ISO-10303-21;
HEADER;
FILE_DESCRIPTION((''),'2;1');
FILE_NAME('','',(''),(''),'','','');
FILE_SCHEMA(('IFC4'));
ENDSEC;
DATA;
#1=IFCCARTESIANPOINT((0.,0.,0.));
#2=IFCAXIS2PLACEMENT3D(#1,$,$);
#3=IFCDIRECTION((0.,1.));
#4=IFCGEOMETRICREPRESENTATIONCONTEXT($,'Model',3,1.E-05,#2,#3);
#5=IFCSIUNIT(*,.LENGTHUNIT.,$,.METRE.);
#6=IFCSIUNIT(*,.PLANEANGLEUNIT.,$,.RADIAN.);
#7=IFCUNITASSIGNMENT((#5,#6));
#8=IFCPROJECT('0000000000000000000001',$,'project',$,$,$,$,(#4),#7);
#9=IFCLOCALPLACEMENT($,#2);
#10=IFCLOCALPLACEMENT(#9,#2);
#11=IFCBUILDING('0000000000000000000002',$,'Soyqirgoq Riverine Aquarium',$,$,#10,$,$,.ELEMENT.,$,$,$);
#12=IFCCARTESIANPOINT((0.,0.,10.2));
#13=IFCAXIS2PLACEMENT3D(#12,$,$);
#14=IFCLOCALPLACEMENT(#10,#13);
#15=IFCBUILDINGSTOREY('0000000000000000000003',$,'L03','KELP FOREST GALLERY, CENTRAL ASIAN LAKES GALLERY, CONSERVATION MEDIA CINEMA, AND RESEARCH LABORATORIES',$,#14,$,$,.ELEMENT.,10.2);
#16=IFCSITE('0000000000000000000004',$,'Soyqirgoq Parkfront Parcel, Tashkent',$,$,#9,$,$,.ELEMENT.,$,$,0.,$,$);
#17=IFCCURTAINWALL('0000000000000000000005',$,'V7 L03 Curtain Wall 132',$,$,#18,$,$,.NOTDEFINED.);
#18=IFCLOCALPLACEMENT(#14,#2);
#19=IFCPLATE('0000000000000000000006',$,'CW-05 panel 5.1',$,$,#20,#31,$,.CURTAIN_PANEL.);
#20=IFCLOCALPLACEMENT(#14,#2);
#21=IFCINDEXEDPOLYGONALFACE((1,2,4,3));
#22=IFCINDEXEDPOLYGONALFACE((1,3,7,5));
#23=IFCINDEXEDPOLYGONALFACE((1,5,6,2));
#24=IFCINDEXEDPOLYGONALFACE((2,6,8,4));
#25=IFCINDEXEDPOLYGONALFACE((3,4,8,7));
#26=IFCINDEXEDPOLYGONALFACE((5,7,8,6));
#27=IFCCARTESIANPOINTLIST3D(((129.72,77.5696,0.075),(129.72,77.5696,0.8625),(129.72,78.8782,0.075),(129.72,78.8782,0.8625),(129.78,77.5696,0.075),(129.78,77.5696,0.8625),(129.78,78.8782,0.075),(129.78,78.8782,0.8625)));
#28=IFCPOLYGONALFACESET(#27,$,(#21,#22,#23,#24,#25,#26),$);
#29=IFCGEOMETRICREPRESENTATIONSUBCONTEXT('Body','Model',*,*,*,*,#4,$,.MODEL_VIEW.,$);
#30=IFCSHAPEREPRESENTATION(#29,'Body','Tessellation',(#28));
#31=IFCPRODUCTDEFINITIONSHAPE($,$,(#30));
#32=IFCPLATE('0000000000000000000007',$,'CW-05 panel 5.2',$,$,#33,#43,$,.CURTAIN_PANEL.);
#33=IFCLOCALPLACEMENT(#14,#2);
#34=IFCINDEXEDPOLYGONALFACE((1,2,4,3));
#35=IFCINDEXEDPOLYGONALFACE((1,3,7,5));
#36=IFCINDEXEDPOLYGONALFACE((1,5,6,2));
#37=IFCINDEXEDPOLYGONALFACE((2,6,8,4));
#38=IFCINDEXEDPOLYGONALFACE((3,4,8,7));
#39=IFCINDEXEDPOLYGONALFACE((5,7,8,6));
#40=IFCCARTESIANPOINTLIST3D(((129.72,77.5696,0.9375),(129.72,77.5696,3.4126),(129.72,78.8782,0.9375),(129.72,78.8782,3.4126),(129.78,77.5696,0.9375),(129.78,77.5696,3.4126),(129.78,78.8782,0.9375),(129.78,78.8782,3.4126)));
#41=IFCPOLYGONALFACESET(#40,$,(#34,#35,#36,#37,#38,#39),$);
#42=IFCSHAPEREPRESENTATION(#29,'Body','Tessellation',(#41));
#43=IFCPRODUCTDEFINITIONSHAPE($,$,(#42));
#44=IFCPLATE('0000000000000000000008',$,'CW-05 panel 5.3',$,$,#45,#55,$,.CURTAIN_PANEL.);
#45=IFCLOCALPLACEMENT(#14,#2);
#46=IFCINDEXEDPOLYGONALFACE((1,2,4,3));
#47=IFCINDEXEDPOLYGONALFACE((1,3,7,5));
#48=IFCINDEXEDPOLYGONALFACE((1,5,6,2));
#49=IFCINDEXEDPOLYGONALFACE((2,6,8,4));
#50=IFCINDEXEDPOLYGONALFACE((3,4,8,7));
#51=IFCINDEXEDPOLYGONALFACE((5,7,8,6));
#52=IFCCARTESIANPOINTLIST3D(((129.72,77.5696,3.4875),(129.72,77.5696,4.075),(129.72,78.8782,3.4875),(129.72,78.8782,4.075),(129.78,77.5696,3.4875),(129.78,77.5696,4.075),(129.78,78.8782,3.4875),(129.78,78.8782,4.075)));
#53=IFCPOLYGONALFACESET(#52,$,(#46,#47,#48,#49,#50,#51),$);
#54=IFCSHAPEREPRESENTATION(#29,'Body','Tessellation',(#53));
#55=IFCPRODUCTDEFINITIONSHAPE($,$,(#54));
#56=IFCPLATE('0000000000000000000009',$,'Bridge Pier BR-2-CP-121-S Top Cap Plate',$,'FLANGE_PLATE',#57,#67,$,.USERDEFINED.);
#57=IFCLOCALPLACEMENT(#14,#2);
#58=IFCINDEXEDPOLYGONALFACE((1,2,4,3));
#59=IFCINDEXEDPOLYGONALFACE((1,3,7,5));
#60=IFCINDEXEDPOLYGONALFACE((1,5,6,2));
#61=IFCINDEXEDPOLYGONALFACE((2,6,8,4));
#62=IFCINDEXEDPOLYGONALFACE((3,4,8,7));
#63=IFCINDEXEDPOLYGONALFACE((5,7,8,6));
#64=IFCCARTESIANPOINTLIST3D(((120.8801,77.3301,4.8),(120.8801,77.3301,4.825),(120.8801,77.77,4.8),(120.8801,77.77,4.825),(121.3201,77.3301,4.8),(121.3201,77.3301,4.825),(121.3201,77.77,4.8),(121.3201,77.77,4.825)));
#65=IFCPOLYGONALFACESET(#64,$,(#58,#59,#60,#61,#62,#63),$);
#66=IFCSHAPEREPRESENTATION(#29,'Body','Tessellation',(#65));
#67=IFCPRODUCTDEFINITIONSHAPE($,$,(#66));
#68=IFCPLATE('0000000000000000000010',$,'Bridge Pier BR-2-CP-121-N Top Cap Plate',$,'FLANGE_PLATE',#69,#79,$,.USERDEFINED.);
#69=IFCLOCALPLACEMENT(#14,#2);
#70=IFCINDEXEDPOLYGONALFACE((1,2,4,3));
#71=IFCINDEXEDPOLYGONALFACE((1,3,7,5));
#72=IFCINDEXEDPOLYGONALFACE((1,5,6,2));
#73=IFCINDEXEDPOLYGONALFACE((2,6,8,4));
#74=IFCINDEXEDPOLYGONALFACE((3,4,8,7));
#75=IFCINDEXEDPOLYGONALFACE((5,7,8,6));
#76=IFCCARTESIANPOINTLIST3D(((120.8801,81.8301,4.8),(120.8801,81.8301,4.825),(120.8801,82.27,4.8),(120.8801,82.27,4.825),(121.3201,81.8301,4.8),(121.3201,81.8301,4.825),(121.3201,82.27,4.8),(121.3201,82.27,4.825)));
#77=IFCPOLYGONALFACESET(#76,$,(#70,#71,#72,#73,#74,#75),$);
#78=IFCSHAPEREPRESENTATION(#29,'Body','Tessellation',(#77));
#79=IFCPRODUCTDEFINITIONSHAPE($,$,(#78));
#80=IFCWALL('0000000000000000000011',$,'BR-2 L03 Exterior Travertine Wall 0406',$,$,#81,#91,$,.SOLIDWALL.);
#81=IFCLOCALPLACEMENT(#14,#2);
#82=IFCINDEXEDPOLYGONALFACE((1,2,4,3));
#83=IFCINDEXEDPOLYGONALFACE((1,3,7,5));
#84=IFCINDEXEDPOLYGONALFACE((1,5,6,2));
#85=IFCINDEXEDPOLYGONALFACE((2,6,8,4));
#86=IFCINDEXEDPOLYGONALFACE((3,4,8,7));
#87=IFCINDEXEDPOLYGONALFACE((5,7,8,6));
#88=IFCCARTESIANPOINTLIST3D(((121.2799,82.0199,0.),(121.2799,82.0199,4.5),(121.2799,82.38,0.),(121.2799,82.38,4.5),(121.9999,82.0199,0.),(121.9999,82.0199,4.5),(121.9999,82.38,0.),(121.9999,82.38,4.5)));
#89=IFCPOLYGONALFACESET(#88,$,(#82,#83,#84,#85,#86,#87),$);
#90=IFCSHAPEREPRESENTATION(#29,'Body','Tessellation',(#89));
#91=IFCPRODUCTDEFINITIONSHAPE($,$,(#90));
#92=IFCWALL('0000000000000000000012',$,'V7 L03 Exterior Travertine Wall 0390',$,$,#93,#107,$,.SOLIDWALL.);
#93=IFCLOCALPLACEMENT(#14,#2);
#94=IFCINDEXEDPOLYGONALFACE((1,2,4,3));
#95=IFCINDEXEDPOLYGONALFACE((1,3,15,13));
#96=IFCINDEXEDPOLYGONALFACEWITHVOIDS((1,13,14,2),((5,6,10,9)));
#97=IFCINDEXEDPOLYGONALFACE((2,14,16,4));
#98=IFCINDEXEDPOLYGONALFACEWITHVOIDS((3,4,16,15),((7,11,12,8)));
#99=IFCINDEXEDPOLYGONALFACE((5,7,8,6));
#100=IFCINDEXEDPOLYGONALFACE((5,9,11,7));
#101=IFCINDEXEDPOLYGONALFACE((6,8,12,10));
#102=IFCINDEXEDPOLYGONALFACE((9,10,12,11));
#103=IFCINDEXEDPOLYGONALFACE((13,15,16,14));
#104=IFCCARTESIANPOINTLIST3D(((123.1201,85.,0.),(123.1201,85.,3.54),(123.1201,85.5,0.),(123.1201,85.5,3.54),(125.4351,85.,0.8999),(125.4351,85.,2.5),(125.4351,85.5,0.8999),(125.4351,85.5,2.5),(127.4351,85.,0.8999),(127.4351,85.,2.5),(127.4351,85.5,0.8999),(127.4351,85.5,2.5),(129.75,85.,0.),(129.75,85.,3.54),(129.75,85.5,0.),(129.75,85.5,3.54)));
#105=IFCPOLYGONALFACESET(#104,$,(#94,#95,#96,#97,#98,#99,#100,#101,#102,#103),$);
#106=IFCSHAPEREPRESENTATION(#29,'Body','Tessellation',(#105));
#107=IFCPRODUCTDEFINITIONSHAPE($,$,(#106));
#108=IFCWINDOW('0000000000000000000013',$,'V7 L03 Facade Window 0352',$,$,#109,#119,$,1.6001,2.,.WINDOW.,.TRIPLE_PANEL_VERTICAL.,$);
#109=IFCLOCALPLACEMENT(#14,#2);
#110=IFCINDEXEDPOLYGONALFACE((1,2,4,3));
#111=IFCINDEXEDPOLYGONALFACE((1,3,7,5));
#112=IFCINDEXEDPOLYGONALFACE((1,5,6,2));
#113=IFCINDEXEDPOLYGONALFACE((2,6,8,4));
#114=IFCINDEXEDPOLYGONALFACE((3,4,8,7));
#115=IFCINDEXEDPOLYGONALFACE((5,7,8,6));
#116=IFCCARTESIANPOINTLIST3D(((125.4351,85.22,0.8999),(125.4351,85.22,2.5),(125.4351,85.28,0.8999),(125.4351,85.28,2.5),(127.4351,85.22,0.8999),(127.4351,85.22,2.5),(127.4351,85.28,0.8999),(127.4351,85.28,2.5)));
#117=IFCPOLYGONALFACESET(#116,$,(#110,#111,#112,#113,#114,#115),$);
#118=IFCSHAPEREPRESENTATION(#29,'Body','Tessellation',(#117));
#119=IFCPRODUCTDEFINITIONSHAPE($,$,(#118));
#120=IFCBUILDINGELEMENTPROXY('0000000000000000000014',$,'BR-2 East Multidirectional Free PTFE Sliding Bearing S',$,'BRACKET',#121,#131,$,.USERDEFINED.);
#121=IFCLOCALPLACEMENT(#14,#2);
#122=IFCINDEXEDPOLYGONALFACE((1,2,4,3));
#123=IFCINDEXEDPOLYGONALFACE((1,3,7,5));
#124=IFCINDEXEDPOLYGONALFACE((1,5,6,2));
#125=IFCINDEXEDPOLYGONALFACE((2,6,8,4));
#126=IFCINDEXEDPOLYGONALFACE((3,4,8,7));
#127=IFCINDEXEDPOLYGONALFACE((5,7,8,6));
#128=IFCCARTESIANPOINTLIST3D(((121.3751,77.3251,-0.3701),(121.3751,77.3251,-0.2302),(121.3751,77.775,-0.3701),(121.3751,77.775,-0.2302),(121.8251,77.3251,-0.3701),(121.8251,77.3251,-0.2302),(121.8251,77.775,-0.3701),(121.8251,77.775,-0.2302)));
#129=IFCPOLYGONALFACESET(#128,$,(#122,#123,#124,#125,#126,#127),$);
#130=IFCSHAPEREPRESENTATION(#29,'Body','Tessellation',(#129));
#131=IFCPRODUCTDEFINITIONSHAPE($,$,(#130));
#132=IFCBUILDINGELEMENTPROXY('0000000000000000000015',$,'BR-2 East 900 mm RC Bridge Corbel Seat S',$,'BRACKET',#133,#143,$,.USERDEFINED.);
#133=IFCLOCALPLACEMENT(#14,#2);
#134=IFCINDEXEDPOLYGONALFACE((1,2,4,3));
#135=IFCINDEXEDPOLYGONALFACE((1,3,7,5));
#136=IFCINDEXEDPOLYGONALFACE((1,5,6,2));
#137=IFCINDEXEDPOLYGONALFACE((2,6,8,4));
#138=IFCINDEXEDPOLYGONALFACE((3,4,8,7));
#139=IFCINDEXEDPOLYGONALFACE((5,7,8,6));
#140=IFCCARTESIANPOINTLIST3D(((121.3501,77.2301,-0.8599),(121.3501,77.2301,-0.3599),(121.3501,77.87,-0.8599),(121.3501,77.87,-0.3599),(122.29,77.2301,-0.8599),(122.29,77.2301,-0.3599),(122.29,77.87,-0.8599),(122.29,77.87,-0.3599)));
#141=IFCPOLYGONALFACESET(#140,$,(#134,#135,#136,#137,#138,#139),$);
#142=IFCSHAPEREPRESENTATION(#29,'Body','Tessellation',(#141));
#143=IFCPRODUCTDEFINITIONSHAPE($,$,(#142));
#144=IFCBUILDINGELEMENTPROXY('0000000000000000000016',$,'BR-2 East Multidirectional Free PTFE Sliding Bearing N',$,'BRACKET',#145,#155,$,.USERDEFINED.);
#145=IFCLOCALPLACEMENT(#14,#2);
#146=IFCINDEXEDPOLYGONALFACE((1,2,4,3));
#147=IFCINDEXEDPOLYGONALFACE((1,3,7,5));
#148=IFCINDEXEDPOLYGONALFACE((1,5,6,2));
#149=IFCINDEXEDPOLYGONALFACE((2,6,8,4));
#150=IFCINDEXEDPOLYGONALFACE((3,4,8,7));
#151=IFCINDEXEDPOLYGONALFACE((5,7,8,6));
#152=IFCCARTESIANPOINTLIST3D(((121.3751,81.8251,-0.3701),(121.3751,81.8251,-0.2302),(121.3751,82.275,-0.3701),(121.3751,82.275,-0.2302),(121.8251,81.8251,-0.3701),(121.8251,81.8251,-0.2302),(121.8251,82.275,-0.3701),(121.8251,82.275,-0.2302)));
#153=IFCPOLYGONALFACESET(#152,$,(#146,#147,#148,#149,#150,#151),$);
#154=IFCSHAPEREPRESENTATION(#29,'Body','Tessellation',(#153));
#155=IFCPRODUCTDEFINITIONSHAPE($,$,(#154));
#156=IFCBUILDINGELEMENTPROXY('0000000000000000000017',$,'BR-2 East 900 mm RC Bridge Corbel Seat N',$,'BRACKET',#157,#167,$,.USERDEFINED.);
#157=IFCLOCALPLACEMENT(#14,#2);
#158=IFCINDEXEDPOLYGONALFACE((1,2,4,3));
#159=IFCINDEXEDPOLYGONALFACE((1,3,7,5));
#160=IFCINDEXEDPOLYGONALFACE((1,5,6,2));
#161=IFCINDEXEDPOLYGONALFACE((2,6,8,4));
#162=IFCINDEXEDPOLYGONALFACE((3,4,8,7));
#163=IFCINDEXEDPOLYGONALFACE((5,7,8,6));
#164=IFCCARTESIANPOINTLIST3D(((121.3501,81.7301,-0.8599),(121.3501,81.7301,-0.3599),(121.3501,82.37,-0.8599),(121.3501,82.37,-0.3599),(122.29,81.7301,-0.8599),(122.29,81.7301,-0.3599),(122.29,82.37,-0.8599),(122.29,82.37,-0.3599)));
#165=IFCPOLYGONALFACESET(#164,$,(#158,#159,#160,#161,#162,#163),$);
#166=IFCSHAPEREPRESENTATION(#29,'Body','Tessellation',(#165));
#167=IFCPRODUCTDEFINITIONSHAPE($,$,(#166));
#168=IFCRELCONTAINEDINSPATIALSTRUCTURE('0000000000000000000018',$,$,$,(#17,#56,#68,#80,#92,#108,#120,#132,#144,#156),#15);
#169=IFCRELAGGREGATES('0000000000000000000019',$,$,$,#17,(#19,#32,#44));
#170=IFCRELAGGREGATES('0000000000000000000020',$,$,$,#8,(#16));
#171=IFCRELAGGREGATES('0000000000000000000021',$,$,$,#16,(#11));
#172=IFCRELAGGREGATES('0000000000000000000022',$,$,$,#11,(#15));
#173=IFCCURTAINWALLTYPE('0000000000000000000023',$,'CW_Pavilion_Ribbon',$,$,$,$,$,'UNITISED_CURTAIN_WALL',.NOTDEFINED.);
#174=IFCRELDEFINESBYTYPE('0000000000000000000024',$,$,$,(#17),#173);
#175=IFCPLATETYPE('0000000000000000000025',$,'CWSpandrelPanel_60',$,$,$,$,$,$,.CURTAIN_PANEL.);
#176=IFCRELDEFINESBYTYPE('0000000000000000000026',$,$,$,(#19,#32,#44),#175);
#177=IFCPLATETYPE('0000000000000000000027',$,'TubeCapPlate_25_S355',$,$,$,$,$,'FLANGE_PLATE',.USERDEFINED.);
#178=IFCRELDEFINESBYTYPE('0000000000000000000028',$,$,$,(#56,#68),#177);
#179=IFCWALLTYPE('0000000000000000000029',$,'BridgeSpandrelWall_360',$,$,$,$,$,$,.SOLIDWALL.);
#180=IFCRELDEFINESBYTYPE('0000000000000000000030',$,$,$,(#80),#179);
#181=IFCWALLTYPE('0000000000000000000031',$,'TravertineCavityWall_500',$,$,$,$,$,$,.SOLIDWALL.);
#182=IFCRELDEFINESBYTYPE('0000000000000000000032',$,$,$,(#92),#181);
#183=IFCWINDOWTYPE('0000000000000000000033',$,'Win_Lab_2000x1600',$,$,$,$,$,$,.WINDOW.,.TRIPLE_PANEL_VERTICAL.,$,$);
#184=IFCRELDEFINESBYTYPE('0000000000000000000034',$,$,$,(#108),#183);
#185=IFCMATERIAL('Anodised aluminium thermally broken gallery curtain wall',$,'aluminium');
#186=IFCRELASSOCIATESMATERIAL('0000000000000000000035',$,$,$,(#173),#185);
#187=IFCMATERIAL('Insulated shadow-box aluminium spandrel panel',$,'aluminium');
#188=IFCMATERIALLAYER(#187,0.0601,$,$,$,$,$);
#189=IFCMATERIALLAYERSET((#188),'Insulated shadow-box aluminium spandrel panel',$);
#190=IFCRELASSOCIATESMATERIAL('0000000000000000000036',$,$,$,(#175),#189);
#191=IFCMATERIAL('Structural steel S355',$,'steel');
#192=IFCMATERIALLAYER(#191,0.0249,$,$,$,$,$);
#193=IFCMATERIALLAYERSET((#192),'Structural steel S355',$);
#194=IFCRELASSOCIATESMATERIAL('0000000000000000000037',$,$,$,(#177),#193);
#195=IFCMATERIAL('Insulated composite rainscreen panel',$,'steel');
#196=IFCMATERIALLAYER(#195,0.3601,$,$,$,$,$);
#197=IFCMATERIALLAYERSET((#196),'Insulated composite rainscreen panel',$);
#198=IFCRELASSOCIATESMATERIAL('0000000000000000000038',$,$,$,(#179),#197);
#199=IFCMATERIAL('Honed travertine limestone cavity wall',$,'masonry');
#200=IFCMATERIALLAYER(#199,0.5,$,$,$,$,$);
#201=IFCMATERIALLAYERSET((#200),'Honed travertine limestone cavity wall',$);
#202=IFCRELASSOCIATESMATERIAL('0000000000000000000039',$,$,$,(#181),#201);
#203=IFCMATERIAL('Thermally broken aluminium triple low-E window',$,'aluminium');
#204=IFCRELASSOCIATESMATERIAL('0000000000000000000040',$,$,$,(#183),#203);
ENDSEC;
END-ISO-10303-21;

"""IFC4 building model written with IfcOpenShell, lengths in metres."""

from ifc_helpers import new_model, si_unit, direction, frame, frame_2d, origin, origin_2d, place, context, subcontext, project, spatial, rectangle, extrude, material, layer, layer_set, type_object, element, fill, aggregate, save


model = new_model("IFC4")

# Units and contexts
model_context = context("Model", 3, precision=1e-05, world=origin(), true_north=direction((0.0, 1.0)))
body_context = subcontext(model_context, "Body", "Model", "MODEL_VIEW")
ifc_project = project(units=[si_unit("LENGTHUNIT", "METRE"), si_unit("PLANEANGLEUNIT", "RADIAN")], contexts=[model_context])

# Site, building, storey
site_placement = place(None, origin())
site = spatial("IfcSite", under=ifc_project, at=site_placement, Name="Soyqirgoq Parkfront Parcel, Tashkent", CompositionType="ELEMENT", RefElevation=0.0)
building_placement = place(site_placement, origin())
building = spatial("IfcBuilding", under=site, at=building_placement, Name="Soyqirgoq Riverine Aquarium", CompositionType="ELEMENT")
storey_placement = place(building_placement, frame((0.0, 0.0, 10.2)))
storey = spatial("IfcBuildingStorey", under=building, at=storey_placement, Name="L03", Description="KELP FOREST GALLERY, CENTRAL ASIAN LAKES GALLERY, CONSERVATION MEDIA CINEMA, AND RESEARCH LABORATORIES", CompositionType="ELEMENT", Elevation=10.2)

# Curtain wall
ifc_material_1 = material(Name="Anodised aluminium thermally broken gallery curtain wall", Category="aluminium")
curtain_wall_type_1 = type_object("IfcCurtainWallType", Name="CW_Pavilion_Ribbon", ElementType="UNITISED_CURTAIN_WALL", PredefinedType="NOTDEFINED", material=ifc_material_1)
curtain_wall_1_placement = place(storey_placement, origin())
curtain_wall_1 = element("IfcCurtainWall", 1, at=curtain_wall_1_placement, inside=storey, type_object=curtain_wall_type_1, Name="V7 L03 Curtain Wall 132", PredefinedType="NOTDEFINED")

# Plates
ifc_material_2 = material(Name="Insulated shadow-box aluminium spandrel panel", Category="aluminium")
ifc_layer_1 = layer(ifc_material_2, 0.0601)
ifc_layer_set_1 = layer_set([ifc_layer_1], Name="Insulated shadow-box aluminium spandrel panel")
plate_type_1 = type_object("IfcPlateType", Name="CWSpandrelPanel_60", PredefinedType="CURTAIN_PANEL", material=ifc_layer_set_1)
plate_1_placement = place(storey_placement, frame((129.75, 78.2239, 0.075), z_axis=(0.0, 0.0, 1.0), x_axis=(0.0, -1.0, 0.0)))
plate_1 = element("IfcPlate", 2, at=plate_1_placement, type_object=plate_type_1, Name="CW-05 panel 5.1", PredefinedType="CURTAIN_PANEL", context=body_context, shape_type="SweptSolid", body=[
    extrude(rectangle(XDim=1.3086, YDim=0.0601, at=origin_2d()), origin(), (0.0, 0.0, 1.0), 0.7876),
])
plate_2_placement = place(storey_placement, frame((129.75, 78.2239, 0.9375), z_axis=(0.0, 0.0, 1.0), x_axis=(0.0, -1.0, 0.0)))
plate_2 = element("IfcPlate", 3, at=plate_2_placement, type_object=plate_type_1, Name="CW-05 panel 5.2", PredefinedType="CURTAIN_PANEL", context=body_context, shape_type="SweptSolid", body=[
    extrude(rectangle(XDim=1.3086, YDim=0.0601, at=origin_2d()), origin(), (0.0, 0.0, 1.0), 2.4751),
])
plate_3_placement = place(storey_placement, frame((129.75, 78.2239, 3.4875), z_axis=(0.0, 0.0, 1.0), x_axis=(0.0, -1.0, 0.0)))
plate_3 = element("IfcPlate", 4, at=plate_3_placement, type_object=plate_type_1, Name="CW-05 panel 5.3", PredefinedType="CURTAIN_PANEL", context=body_context, shape_type="SweptSolid", body=[
    extrude(rectangle(XDim=1.3086, YDim=0.0601, at=origin_2d()), origin(), (0.0, 0.0, 1.0), 0.5874),
])
aggregate(curtain_wall_1, [plate_1, plate_2, plate_3])

# Plates
ifc_material_3 = material(Name="Structural steel S355", Category="steel")
ifc_layer_2 = layer(ifc_material_3, 0.0249)
ifc_layer_set_2 = layer_set([ifc_layer_2], Name="Structural steel S355")
plate_type_2 = type_object("IfcPlateType", Name="TubeCapPlate_25_S355", ElementType="FLANGE_PLATE", PredefinedType="USERDEFINED", material=ifc_layer_set_2)
for number, where, z_axis, x_axis, name in (
    (5, (121.1001, 77.55, 4.8), (0.0, 0.0, 1.0), (1.0, 0.0, 0.0), "Bridge Pier BR-2-CP-121-S Top Cap Plate"),
    (6, (121.1001, 82.05, 4.8), (0.0, 0.0, 1.0), (1.0, 0.0, 0.0), "Bridge Pier BR-2-CP-121-N Top Cap Plate"),
):
    element("IfcPlate", number, at=place(storey_placement, frame(where, z_axis=z_axis, x_axis=x_axis)), inside=storey, type_object=plate_type_2, Name=name, ObjectType="FLANGE_PLATE", PredefinedType="USERDEFINED", context=body_context, shape_type="SweptSolid", body=[
        extrude(rectangle(XDim=0.4399, YDim=0.4399, at=origin_2d()), origin(), (0.0, 0.0, 1.0), 0.0249),
    ])

# Wall
ifc_material_4 = material(Name="Insulated composite rainscreen panel", Category="steel")
ifc_layer_3 = layer(ifc_material_4, 0.3601)
ifc_layer_set_3 = layer_set([ifc_layer_3], Name="Insulated composite rainscreen panel")
wall_type_1 = type_object("IfcWallType", Name="BridgeSpandrelWall_360", PredefinedType="SOLIDWALL", material=ifc_layer_set_3)
wall_1_placement = place(storey_placement, frame((121.28, 82.2, 0.0), z_axis=(0.0, 0.0, 1.0), x_axis=(1.0, 0.0, 0.0)))
element("IfcWall", 7, at=wall_1_placement, inside=storey, type_object=wall_type_1, Name="BR-2 L03 Exterior Travertine Wall 0406", PredefinedType="SOLIDWALL", context=body_context, shape_type="SweptSolid", body=[
    extrude(rectangle(XDim=0.72, YDim=0.3601, at=frame_2d((0.3599, 0.0))), origin(), (0.0, 0.0, 1.0), 4.5),
])

# Wall, opening, window
ifc_material_5 = material(Name="Honed travertine limestone cavity wall", Category="masonry")
ifc_layer_4 = layer(ifc_material_5, 0.5)
ifc_layer_set_4 = layer_set([ifc_layer_4], Name="Honed travertine limestone cavity wall")
wall_type_2 = type_object("IfcWallType", Name="TravertineCavityWall_500", PredefinedType="SOLIDWALL", material=ifc_layer_set_4)
wall_2_placement = place(storey_placement, frame((123.1201, 85.25, 0.0), z_axis=(0.0, 0.0, 1.0), x_axis=(1.0, 0.0, 0.0)))
wall_2 = element("IfcWall", 8, at=wall_2_placement, inside=storey, type_object=wall_type_2, Name="V7 L03 Exterior Travertine Wall 0390", PredefinedType="SOLIDWALL", context=body_context, shape_type="SweptSolid", body=[
    extrude(rectangle(XDim=6.6299, YDim=0.5, at=frame_2d((3.3149, 0.0))), origin(), (0.0, 0.0, 1.0), 3.54),
])
opening_placement = place(wall_2_placement, frame((2.3149, 0.0, 0.8999)))
opening = element("IfcOpeningElement", 9, at=opening_placement, cuts=wall_2, PredefinedType="OPENING", context=body_context, shape_type="SweptSolid", body=[
    extrude(rectangle(XDim=2.0, YDim=1.6001, at=frame_2d((1.0, 0.8))), frame((0.0, 0.26, 0.0), z_axis=(0.0, -1.0, 0.0), x_axis=(1.0, 0.0, 0.0)), (0.0, 0.0, 1.0), 0.52),
])
ifc_material_6 = material(Name="Thermally broken aluminium triple low-E window", Category="aluminium")
window_type = type_object("IfcWindowType", Name="Win_Lab_2000x1600", PartitioningType="TRIPLE_PANEL_VERTICAL", PredefinedType="WINDOW", material=ifc_material_6)
window_placement = place(opening_placement, origin())
window = element("IfcWindow", 10, at=window_placement, inside=storey, type_object=window_type, Name="V7 L03 Facade Window 0352", OverallHeight=1.6001, OverallWidth=2.0, PartitioningType="TRIPLE_PANEL_VERTICAL", PredefinedType="WINDOW", context=body_context, shape_type="SweptSolid", body=[
    extrude(rectangle(XDim=2.0, YDim=1.6001, at=frame_2d((1.0, 0.8))), frame((0.0, 0.03, 0.0), z_axis=(0.0, -1.0, 0.0), x_axis=(1.0, 0.0, 0.0)), (0.0, 0.0, 1.0), 0.0601),
])
fill(opening, window)

# Building element proxies
proxy_1_placement = place(storey_placement, frame((121.6001, 77.55, -0.3701), z_axis=(0.0, 0.0, 1.0), x_axis=(1.0, 0.0, 0.0)))
element("IfcBuildingElementProxy", 11, at=proxy_1_placement, inside=storey, Name="BR-2 East Multidirectional Free PTFE Sliding Bearing S", ObjectType="BRACKET", PredefinedType="USERDEFINED", context=body_context, shape_type="SweptSolid", body=[
    extrude(rectangle(XDim=0.45, YDim=0.45, at=origin_2d()), origin(), (0.0, 0.0, 1.0), 0.1399),
])
proxy_2_placement = place(storey_placement, frame((121.8201, 77.55, -0.8599), z_axis=(0.0, 0.0, 1.0), x_axis=(1.0, 0.0, 0.0)))
element("IfcBuildingElementProxy", 12, at=proxy_2_placement, inside=storey, Name="BR-2 East 900 mm RC Bridge Corbel Seat S", ObjectType="BRACKET", PredefinedType="USERDEFINED", context=body_context, shape_type="SweptSolid", body=[
    extrude(rectangle(XDim=0.9399, YDim=0.6399, at=origin_2d()), origin(), (0.0, 0.0, 1.0), 0.5),
])
proxy_3_placement = place(storey_placement, frame((121.6001, 82.05, -0.3701), z_axis=(0.0, 0.0, 1.0), x_axis=(1.0, 0.0, 0.0)))
element("IfcBuildingElementProxy", 13, at=proxy_3_placement, inside=storey, Name="BR-2 East Multidirectional Free PTFE Sliding Bearing N", ObjectType="BRACKET", PredefinedType="USERDEFINED", context=body_context, shape_type="SweptSolid", body=[
    extrude(rectangle(XDim=0.45, YDim=0.45, at=origin_2d()), origin(), (0.0, 0.0, 1.0), 0.1399),
])
proxy_4_placement = place(storey_placement, frame((121.8201, 82.05, -0.8599), z_axis=(0.0, 0.0, 1.0), x_axis=(1.0, 0.0, 0.0)))
element("IfcBuildingElementProxy", 14, at=proxy_4_placement, inside=storey, Name="BR-2 East 900 mm RC Bridge Corbel Seat N", ObjectType="BRACKET", PredefinedType="USERDEFINED", context=body_context, shape_type="SweptSolid", body=[
    extrude(rectangle(XDim=0.9399, YDim=0.6399, at=origin_2d()), origin(), (0.0, 0.0, 1.0), 0.5),
])

save(model, "model.ifc")
